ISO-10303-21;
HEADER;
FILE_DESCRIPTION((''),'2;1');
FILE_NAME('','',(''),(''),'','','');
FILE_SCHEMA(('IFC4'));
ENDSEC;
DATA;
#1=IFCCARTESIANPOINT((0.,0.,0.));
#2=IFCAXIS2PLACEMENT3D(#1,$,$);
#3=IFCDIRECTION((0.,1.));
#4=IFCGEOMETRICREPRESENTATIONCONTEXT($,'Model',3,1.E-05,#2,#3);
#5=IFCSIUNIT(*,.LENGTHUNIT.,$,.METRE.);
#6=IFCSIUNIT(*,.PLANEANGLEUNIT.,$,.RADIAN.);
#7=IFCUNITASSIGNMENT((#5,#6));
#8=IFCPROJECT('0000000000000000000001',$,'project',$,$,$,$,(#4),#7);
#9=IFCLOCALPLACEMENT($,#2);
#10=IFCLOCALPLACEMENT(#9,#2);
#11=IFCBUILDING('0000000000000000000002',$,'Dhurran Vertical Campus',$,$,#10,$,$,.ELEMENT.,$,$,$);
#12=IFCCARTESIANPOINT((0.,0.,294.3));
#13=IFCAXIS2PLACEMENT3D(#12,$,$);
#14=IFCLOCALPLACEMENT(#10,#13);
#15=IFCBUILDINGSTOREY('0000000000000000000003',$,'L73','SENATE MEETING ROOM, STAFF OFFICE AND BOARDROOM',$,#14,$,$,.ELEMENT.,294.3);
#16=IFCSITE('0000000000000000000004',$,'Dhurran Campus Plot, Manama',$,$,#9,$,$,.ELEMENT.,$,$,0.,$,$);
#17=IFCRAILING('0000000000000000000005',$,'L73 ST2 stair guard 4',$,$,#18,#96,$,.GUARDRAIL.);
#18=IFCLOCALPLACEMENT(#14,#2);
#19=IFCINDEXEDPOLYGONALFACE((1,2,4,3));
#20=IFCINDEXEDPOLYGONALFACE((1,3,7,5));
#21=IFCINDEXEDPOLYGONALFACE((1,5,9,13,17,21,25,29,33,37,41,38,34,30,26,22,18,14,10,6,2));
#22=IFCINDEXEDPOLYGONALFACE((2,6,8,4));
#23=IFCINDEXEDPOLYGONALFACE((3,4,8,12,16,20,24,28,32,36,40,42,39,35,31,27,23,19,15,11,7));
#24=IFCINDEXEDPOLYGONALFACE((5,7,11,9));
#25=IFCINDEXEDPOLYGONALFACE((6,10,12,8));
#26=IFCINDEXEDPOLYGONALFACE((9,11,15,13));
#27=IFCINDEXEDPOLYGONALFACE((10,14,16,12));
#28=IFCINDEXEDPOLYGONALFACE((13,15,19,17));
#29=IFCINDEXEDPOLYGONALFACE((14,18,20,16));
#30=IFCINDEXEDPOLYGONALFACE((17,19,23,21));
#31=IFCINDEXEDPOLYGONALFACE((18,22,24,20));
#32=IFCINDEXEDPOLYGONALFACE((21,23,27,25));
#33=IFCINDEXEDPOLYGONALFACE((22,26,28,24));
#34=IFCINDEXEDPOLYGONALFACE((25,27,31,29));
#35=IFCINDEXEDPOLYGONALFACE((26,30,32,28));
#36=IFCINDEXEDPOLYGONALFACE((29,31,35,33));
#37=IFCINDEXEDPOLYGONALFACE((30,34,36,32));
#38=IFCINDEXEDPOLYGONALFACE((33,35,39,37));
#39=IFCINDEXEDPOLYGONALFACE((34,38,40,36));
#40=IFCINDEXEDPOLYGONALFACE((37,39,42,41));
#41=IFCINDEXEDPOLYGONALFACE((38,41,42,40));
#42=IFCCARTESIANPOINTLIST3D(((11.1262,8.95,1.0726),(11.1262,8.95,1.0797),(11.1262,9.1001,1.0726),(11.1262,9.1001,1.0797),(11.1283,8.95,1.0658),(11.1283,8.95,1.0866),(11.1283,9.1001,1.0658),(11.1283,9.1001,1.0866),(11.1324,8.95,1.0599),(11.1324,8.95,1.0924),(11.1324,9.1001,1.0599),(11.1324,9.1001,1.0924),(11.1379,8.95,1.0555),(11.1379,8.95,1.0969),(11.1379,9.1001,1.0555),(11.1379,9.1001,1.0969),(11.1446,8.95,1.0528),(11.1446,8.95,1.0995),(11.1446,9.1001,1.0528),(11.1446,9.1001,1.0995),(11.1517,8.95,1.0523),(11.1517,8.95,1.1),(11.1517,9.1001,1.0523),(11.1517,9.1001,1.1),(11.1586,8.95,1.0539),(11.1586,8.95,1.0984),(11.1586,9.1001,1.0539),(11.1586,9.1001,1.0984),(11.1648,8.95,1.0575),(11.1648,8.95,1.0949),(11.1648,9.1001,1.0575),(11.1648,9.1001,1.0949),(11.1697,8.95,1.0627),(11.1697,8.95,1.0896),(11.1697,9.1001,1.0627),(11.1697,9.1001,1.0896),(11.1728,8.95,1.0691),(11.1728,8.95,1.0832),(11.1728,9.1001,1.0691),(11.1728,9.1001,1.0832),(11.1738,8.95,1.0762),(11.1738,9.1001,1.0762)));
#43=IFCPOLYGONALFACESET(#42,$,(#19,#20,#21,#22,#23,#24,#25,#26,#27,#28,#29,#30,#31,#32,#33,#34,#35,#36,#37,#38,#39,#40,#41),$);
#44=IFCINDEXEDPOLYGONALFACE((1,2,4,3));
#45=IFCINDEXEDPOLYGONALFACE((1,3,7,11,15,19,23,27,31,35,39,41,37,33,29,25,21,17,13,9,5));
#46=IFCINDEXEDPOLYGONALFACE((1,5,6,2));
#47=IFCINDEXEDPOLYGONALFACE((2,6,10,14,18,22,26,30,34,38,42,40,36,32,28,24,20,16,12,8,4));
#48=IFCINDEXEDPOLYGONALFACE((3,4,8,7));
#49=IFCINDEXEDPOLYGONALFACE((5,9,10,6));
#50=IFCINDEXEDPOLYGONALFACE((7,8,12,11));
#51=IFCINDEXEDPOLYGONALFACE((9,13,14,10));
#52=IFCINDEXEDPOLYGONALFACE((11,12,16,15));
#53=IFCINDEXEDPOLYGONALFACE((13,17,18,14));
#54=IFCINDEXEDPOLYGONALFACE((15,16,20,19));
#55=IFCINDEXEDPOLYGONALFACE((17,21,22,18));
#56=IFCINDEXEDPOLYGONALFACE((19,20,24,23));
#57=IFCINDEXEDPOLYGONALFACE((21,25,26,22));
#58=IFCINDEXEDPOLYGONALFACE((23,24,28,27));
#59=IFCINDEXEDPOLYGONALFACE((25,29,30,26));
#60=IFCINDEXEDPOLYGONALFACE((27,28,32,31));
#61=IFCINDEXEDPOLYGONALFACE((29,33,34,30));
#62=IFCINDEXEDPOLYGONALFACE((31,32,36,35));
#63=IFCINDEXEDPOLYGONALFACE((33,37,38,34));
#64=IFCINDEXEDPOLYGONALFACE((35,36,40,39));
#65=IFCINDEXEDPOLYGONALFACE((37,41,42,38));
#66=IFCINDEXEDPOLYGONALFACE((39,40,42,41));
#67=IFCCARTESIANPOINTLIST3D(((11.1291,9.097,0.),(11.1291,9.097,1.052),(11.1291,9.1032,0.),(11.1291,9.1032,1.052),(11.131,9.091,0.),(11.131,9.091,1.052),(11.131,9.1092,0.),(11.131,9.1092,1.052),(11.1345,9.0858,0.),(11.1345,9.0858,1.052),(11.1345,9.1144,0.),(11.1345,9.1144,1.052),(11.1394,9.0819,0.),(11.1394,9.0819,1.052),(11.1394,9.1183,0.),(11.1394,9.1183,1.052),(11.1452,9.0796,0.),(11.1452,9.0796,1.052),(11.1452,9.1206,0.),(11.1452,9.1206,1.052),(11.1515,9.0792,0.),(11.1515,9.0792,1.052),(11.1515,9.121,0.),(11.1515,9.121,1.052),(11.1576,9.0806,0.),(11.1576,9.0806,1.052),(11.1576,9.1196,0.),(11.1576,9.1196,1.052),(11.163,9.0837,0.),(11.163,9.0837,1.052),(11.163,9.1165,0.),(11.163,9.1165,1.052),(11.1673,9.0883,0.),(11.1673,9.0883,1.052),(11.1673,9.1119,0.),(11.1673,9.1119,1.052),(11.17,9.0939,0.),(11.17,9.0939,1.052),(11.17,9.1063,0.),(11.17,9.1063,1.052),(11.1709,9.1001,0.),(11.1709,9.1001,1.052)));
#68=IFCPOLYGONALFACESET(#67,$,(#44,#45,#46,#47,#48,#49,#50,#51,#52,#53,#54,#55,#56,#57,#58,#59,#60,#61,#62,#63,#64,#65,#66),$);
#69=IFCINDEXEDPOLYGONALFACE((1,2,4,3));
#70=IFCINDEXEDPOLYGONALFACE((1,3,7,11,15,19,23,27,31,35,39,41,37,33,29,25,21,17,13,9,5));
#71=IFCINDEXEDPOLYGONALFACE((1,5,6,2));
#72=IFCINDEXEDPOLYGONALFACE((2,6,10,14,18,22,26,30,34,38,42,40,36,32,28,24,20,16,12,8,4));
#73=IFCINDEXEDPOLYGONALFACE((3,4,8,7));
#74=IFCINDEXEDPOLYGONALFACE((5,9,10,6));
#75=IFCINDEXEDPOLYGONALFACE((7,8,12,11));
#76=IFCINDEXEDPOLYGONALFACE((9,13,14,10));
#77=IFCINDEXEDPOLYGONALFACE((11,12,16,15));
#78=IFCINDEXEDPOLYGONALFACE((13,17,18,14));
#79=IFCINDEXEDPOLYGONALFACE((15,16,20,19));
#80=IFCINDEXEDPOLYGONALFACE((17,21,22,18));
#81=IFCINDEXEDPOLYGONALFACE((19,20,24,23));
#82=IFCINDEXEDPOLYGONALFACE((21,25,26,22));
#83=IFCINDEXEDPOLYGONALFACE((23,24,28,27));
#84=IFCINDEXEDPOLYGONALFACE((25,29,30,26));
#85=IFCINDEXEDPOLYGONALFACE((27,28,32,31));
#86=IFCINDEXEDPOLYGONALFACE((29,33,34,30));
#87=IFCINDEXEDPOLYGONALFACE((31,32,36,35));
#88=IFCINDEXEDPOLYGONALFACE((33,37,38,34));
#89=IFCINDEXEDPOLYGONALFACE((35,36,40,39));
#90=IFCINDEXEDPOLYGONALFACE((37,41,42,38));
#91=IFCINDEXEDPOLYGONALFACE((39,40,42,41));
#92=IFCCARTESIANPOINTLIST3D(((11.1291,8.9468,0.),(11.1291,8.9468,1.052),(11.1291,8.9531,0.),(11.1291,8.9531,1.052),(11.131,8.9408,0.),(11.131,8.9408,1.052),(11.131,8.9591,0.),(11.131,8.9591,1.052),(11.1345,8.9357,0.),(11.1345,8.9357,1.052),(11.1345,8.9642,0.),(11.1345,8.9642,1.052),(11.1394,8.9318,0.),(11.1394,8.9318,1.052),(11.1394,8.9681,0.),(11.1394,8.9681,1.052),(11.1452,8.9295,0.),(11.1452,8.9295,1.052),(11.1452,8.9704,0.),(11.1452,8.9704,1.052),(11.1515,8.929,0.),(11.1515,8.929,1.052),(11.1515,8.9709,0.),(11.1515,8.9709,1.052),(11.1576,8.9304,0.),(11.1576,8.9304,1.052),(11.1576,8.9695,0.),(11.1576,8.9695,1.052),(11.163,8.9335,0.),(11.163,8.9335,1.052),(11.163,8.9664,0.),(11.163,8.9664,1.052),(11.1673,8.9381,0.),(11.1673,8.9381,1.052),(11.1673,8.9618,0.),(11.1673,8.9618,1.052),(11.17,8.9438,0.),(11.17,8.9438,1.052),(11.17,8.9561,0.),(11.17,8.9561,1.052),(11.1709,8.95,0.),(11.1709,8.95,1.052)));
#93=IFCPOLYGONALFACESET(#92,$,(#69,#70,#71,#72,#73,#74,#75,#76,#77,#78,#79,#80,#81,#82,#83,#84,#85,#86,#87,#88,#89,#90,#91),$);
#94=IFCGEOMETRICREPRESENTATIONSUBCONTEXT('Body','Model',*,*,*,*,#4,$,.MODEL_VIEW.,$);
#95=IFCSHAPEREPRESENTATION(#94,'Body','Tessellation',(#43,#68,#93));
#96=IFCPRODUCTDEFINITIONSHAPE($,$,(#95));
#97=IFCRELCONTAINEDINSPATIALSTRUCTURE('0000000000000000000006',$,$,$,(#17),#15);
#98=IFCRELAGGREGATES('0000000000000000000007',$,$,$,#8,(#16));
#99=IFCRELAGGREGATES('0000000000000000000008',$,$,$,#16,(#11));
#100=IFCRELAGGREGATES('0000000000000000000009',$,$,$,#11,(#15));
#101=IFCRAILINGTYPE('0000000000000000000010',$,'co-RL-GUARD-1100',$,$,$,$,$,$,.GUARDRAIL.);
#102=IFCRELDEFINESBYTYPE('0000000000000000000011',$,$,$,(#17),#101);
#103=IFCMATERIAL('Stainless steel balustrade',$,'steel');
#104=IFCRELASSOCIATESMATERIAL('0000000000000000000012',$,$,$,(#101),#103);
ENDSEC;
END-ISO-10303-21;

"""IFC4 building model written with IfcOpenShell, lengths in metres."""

from ifc_helpers import new_model, si_unit, direction, frame, origin, origin_2d, place, context, subcontext, project, spatial, circle, extrude, material, type_object, element, save


model = new_model("IFC4")

# Units and contexts
model_context = context("Model", 3, precision=1e-05, world=origin(), true_north=direction((0.0, 1.0)))
body_context = subcontext(model_context, "Body", "Model", "MODEL_VIEW")
ifc_project = project(units=[si_unit("LENGTHUNIT", "METRE"), si_unit("PLANEANGLEUNIT", "RADIAN")], contexts=[model_context])

# Site, building, storey
site_placement = place(None, origin())
site = spatial("IfcSite", under=ifc_project, at=site_placement, Name="Dhurran Campus Plot, Manama", CompositionType="ELEMENT", RefElevation=0.0)
building_placement = place(site_placement, origin())
building = spatial("IfcBuilding", under=site, at=building_placement, Name="Dhurran Vertical Campus", CompositionType="ELEMENT")
storey_placement = place(building_placement, frame((0.0, 0.0, 294.3)))
storey = spatial("IfcBuildingStorey", under=building, at=storey_placement, Name="L73", Description="SENATE MEETING ROOM, STAFF OFFICE AND BOARDROOM", CompositionType="ELEMENT", Elevation=294.3)

# Railing
ifc_material_1 = material(Name="Stainless steel balustrade", Category="steel")
railing_type_1 = type_object("IfcRailingType", Name="co-RL-GUARD-1100", PredefinedType="GUARDRAIL", material=ifc_material_1)
railing_1_placement = place(storey_placement, frame((11.1499, 9.1001, 0.0)))
element("IfcRailing", 1, at=railing_1_placement, inside=storey, type_object=railing_type_1, Name="L73 ST2 stair guard 4", PredefinedType="GUARDRAIL", context=body_context, shape_type="SweptSolid", body=[
    extrude(circle(Radius=0.0239, at=origin_2d()), frame((0.0, 0.0, 1.0762), z_axis=(0.0, -1.0, 0.0), x_axis=(1.0, 0.0, 0.0)), (0.0, 0.0, 1.0), 0.1501),
    extrude(circle(Radius=0.021, at=origin_2d()), origin(), (0.0, 0.0, 1.0), 1.052),
    extrude(circle(Radius=0.021, at=origin_2d()), frame((0.0, -0.1501, 0.0)), (0.0, 0.0, 1.0), 1.052),
])

save(model, "model.ifc")
